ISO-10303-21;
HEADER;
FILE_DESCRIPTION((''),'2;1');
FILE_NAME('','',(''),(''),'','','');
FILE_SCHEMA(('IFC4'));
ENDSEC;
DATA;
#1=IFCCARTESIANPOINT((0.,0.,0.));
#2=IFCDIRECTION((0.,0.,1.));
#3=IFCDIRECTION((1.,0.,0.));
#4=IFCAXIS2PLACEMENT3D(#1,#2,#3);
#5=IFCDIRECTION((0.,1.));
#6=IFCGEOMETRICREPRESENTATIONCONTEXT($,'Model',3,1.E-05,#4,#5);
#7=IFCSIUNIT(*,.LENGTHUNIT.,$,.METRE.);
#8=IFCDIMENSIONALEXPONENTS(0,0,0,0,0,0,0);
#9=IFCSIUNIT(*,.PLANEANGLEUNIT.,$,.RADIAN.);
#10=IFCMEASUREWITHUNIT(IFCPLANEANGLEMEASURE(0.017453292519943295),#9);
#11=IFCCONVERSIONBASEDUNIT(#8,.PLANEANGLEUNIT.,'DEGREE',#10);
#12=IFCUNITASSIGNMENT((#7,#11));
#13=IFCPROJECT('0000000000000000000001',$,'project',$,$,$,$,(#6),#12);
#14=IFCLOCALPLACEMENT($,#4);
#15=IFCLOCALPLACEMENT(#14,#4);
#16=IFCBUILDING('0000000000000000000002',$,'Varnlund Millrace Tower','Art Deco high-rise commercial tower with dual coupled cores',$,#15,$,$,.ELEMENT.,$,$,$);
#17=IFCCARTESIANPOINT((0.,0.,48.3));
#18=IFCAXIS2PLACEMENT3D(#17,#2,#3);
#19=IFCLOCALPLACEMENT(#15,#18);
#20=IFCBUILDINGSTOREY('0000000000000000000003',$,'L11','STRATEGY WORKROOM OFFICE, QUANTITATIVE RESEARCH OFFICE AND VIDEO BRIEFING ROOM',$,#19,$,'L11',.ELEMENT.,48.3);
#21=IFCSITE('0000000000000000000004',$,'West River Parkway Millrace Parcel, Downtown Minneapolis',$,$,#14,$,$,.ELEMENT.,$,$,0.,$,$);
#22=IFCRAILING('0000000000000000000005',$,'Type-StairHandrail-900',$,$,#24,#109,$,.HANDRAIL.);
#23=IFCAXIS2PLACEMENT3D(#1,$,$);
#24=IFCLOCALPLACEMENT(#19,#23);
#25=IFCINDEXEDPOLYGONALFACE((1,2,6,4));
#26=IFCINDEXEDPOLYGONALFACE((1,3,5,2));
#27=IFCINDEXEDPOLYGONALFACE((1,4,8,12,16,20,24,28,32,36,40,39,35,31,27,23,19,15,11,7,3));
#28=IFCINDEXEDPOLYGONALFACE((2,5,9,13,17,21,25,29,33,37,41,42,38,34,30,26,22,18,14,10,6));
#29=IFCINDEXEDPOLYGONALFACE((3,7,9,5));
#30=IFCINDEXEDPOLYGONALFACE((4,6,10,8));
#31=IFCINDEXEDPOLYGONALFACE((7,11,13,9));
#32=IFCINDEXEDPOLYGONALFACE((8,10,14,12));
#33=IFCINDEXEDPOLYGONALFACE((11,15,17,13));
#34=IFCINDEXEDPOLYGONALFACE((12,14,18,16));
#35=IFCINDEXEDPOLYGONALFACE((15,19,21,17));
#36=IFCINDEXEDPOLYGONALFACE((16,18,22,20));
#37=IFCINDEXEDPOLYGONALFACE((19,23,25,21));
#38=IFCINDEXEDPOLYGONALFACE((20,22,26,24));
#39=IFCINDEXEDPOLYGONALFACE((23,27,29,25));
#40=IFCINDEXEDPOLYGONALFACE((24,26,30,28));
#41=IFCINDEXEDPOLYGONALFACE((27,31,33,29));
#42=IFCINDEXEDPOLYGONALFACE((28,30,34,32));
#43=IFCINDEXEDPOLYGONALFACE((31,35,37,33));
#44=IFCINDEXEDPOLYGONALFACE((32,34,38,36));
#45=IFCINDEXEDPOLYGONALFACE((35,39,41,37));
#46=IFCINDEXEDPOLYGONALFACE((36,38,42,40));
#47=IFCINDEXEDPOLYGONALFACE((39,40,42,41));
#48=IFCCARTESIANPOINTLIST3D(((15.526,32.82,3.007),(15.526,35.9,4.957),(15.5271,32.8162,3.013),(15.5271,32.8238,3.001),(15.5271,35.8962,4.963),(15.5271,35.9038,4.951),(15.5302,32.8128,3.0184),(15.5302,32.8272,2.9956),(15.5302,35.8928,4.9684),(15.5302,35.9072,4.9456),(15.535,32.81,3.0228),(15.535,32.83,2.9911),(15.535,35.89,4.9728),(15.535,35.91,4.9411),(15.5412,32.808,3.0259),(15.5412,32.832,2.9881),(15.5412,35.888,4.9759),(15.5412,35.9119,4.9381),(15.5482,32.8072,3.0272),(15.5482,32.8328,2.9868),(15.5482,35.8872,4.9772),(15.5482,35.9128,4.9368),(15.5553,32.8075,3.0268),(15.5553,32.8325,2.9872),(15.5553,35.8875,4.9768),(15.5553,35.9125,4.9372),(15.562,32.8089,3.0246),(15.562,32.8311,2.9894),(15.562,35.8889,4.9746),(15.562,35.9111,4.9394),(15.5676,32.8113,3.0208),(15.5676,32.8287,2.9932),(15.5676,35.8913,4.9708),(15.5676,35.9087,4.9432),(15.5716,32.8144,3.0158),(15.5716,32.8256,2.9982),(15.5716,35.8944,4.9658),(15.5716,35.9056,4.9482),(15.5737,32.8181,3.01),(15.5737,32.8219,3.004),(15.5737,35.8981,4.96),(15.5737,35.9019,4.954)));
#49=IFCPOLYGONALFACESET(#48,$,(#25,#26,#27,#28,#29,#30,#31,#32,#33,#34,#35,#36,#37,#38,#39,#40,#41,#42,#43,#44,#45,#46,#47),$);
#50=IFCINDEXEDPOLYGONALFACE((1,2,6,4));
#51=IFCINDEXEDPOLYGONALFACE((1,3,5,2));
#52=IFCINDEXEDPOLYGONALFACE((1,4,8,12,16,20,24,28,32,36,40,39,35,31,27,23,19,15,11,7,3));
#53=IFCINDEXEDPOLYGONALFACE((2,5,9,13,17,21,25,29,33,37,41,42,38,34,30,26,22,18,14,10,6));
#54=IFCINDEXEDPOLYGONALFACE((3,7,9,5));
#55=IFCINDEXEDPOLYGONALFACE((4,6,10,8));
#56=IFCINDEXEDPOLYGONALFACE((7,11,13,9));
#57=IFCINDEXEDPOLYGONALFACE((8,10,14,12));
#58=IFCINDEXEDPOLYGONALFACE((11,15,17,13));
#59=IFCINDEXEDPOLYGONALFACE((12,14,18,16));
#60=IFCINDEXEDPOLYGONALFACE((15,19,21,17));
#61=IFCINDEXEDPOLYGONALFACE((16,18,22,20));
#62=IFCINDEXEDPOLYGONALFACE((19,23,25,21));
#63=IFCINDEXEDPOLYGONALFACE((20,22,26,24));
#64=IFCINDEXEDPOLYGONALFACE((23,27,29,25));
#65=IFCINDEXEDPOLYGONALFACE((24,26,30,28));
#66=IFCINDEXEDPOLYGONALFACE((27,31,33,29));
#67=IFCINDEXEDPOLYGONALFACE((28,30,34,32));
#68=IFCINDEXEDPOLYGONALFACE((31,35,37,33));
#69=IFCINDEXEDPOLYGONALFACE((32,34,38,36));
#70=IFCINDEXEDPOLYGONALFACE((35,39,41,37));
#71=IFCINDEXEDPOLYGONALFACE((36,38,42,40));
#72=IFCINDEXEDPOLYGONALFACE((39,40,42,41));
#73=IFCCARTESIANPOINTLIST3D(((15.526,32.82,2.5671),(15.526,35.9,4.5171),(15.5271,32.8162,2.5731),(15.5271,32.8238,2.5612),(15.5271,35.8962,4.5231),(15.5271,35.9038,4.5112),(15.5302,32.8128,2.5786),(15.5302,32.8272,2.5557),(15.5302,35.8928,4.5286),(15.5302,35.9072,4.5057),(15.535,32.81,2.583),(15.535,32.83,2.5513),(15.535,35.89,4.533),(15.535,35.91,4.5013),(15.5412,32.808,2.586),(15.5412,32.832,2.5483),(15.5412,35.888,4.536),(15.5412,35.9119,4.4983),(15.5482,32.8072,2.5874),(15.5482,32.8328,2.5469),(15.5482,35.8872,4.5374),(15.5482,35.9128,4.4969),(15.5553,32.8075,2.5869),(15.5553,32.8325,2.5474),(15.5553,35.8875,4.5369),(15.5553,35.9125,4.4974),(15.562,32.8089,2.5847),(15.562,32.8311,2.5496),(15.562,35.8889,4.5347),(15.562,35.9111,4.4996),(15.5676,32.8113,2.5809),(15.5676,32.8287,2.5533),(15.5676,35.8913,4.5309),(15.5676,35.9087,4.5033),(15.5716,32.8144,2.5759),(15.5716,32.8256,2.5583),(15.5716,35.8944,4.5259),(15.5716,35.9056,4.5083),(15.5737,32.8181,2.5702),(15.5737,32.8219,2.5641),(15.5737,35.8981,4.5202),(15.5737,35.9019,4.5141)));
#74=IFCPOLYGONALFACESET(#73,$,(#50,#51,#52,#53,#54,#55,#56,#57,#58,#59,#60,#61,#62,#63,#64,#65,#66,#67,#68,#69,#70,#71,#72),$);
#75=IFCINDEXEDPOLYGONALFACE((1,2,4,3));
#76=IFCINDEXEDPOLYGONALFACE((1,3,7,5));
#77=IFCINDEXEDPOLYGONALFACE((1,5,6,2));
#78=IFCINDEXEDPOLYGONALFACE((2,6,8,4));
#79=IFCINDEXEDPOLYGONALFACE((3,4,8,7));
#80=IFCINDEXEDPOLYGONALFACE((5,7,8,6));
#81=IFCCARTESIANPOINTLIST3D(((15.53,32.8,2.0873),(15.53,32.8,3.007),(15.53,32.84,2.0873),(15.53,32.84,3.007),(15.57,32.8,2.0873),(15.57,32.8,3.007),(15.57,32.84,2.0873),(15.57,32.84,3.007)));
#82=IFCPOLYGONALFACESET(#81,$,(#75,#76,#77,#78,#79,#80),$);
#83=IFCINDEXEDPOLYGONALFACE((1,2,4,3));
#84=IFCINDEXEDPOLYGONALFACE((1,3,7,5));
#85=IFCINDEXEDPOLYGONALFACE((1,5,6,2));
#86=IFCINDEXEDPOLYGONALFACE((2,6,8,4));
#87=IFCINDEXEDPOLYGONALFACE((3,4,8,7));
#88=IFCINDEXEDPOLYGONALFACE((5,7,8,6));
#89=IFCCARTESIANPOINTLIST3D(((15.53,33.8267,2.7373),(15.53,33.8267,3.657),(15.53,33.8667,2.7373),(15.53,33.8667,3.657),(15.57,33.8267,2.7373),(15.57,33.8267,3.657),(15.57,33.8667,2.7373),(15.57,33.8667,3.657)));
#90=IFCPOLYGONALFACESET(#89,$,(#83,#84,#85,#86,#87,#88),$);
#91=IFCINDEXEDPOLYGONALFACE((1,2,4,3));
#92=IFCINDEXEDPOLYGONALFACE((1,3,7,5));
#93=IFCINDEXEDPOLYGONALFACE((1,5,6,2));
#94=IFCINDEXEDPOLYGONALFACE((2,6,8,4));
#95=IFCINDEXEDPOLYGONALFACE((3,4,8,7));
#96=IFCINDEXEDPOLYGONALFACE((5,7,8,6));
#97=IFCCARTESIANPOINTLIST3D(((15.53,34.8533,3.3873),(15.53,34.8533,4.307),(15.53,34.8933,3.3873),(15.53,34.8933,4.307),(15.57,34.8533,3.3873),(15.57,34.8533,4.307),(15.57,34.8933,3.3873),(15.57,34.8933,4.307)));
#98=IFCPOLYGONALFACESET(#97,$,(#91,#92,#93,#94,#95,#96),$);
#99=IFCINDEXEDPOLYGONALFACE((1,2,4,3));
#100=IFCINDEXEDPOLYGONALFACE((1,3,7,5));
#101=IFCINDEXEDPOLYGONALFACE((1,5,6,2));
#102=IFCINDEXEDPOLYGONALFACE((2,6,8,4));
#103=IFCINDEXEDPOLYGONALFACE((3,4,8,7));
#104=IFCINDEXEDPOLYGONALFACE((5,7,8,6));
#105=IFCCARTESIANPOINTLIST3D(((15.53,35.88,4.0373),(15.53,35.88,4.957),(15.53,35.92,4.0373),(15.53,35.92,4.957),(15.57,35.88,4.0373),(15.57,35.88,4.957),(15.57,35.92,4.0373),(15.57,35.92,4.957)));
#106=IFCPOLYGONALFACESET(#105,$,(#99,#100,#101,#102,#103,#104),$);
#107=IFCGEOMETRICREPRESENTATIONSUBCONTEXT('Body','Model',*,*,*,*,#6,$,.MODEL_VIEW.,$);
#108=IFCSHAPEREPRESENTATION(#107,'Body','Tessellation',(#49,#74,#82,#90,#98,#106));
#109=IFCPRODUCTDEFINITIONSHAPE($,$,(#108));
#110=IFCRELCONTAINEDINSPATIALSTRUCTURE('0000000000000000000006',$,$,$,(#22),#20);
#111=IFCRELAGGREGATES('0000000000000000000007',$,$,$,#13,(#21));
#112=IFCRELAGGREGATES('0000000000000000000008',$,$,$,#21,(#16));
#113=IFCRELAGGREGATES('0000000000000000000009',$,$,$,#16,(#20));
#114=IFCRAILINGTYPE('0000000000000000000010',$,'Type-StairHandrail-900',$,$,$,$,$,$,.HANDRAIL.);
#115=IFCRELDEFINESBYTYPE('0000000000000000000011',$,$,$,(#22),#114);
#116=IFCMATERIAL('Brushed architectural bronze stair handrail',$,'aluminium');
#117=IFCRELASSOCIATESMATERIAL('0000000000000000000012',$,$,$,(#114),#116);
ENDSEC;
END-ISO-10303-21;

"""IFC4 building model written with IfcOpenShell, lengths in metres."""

from ifc_helpers import new_model, entity, si_unit, converted_unit, direction, frame, origin_with_axes, origin_2d_with_axis, place, context, subcontext, project, spatial, rectangle, circle, extrude, material, type_object, element, save


model = new_model("IFC4")

# Units and contexts
model_context = context("Model", 3, precision=1e-05, world=origin_with_axes(), true_north=direction((0.0, 1.0)))
body_context = subcontext(model_context, "Body", "Model", "MODEL_VIEW")
ifc_project = project(units=[si_unit("LENGTHUNIT", "METRE"), converted_unit("PLANEANGLEUNIT", "DEGREE", entity("IfcPlaneAngleMeasure", 0.017453292519943295), si_unit("PLANEANGLEUNIT", "RADIAN"), dimensions=[0, 0, 0, 0, 0, 0, 0])], contexts=[model_context])

# Site, building, storey
site_placement = place(None, origin_with_axes())
site = spatial("IfcSite", under=ifc_project, at=site_placement, Name="West River Parkway Millrace Parcel, Downtown Minneapolis", CompositionType="ELEMENT", RefElevation=0.0)
building_placement = place(site_placement, origin_with_axes())
building = spatial("IfcBuilding", under=site, at=building_placement, Name="Varnlund Millrace Tower", Description="Art Deco high-rise commercial tower with dual coupled cores", CompositionType="ELEMENT")
storey_placement = place(building_placement, frame((0.0, 0.0, 48.3), z_axis=(0.0, 0.0, 1.0), x_axis=(1.0, 0.0, 0.0)))
storey = spatial("IfcBuildingStorey", under=building, at=storey_placement, Name="L11", Description="STRATEGY WORKROOM OFFICE, QUANTITATIVE RESEARCH OFFICE AND VIDEO BRIEFING ROOM", LongName="L11", CompositionType="ELEMENT", Elevation=48.3)

# Railing
ifc_material_1 = material(Name="Brushed architectural bronze stair handrail", Category="aluminium")
railing_type_1 = type_object("IfcRailingType", Name="Type-StairHandrail-900", PredefinedType="HANDRAIL", material=ifc_material_1)
railing_1_placement = place(storey_placement, frame((0.0, 0.0, -48.3), z_axis=(0.0, 0.0, 1.0), x_axis=(1.0, 0.0, 0.0)))
element("IfcRailing", 1, at=railing_1_placement, inside=storey, type_object=railing_type_1, Name="Type-StairHandrail-900", PredefinedType="HANDRAIL", context=body_context, shape_type="SweptSolid", body=[
    extrude(circle(Radius=0.024, at=origin_2d_with_axis()), frame((15.55, 32.82, 51.307), z_axis=(0.0, 0.844902, 0.534922), x_axis=(-1.0, 0.0, 0.0)), (0.0, 0.0, 1.0), 3.6454),
    extrude(circle(Radius=0.024, at=origin_2d_with_axis()), frame((15.55, 32.82, 50.8671), z_axis=(0.0, 0.844902, 0.534922), x_axis=(-1.0, 0.0, 0.0)), (0.0, 0.0, 1.0), 3.6454),
    extrude(rectangle(XDim=0.04, YDim=0.04, at=origin_2d_with_axis()), frame((15.55, 32.82, 50.3873), z_axis=(0.0, 0.0, 1.0), x_axis=(1.0, 0.0, 0.0)), (0.0, 0.0, 1.0), 0.9197),
    extrude(rectangle(XDim=0.04, YDim=0.04, at=origin_2d_with_axis()), frame((15.55, 33.8467, 51.0373), z_axis=(0.0, 0.0, 1.0), x_axis=(1.0, 0.0, 0.0)), (0.0, 0.0, 1.0), 0.9197),
    extrude(rectangle(XDim=0.04, YDim=0.04, at=origin_2d_with_axis()), frame((15.55, 34.8733, 51.6873), z_axis=(0.0, 0.0, 1.0), x_axis=(1.0, 0.0, 0.0)), (0.0, 0.0, 1.0), 0.9197),
    extrude(rectangle(XDim=0.04, YDim=0.04, at=origin_2d_with_axis()), frame((15.55, 35.9, 52.3373), z_axis=(0.0, 0.0, 1.0), x_axis=(1.0, 0.0, 0.0)), (0.0, 0.0, 1.0), 0.9197),
])

save(model, "model.ifc")
